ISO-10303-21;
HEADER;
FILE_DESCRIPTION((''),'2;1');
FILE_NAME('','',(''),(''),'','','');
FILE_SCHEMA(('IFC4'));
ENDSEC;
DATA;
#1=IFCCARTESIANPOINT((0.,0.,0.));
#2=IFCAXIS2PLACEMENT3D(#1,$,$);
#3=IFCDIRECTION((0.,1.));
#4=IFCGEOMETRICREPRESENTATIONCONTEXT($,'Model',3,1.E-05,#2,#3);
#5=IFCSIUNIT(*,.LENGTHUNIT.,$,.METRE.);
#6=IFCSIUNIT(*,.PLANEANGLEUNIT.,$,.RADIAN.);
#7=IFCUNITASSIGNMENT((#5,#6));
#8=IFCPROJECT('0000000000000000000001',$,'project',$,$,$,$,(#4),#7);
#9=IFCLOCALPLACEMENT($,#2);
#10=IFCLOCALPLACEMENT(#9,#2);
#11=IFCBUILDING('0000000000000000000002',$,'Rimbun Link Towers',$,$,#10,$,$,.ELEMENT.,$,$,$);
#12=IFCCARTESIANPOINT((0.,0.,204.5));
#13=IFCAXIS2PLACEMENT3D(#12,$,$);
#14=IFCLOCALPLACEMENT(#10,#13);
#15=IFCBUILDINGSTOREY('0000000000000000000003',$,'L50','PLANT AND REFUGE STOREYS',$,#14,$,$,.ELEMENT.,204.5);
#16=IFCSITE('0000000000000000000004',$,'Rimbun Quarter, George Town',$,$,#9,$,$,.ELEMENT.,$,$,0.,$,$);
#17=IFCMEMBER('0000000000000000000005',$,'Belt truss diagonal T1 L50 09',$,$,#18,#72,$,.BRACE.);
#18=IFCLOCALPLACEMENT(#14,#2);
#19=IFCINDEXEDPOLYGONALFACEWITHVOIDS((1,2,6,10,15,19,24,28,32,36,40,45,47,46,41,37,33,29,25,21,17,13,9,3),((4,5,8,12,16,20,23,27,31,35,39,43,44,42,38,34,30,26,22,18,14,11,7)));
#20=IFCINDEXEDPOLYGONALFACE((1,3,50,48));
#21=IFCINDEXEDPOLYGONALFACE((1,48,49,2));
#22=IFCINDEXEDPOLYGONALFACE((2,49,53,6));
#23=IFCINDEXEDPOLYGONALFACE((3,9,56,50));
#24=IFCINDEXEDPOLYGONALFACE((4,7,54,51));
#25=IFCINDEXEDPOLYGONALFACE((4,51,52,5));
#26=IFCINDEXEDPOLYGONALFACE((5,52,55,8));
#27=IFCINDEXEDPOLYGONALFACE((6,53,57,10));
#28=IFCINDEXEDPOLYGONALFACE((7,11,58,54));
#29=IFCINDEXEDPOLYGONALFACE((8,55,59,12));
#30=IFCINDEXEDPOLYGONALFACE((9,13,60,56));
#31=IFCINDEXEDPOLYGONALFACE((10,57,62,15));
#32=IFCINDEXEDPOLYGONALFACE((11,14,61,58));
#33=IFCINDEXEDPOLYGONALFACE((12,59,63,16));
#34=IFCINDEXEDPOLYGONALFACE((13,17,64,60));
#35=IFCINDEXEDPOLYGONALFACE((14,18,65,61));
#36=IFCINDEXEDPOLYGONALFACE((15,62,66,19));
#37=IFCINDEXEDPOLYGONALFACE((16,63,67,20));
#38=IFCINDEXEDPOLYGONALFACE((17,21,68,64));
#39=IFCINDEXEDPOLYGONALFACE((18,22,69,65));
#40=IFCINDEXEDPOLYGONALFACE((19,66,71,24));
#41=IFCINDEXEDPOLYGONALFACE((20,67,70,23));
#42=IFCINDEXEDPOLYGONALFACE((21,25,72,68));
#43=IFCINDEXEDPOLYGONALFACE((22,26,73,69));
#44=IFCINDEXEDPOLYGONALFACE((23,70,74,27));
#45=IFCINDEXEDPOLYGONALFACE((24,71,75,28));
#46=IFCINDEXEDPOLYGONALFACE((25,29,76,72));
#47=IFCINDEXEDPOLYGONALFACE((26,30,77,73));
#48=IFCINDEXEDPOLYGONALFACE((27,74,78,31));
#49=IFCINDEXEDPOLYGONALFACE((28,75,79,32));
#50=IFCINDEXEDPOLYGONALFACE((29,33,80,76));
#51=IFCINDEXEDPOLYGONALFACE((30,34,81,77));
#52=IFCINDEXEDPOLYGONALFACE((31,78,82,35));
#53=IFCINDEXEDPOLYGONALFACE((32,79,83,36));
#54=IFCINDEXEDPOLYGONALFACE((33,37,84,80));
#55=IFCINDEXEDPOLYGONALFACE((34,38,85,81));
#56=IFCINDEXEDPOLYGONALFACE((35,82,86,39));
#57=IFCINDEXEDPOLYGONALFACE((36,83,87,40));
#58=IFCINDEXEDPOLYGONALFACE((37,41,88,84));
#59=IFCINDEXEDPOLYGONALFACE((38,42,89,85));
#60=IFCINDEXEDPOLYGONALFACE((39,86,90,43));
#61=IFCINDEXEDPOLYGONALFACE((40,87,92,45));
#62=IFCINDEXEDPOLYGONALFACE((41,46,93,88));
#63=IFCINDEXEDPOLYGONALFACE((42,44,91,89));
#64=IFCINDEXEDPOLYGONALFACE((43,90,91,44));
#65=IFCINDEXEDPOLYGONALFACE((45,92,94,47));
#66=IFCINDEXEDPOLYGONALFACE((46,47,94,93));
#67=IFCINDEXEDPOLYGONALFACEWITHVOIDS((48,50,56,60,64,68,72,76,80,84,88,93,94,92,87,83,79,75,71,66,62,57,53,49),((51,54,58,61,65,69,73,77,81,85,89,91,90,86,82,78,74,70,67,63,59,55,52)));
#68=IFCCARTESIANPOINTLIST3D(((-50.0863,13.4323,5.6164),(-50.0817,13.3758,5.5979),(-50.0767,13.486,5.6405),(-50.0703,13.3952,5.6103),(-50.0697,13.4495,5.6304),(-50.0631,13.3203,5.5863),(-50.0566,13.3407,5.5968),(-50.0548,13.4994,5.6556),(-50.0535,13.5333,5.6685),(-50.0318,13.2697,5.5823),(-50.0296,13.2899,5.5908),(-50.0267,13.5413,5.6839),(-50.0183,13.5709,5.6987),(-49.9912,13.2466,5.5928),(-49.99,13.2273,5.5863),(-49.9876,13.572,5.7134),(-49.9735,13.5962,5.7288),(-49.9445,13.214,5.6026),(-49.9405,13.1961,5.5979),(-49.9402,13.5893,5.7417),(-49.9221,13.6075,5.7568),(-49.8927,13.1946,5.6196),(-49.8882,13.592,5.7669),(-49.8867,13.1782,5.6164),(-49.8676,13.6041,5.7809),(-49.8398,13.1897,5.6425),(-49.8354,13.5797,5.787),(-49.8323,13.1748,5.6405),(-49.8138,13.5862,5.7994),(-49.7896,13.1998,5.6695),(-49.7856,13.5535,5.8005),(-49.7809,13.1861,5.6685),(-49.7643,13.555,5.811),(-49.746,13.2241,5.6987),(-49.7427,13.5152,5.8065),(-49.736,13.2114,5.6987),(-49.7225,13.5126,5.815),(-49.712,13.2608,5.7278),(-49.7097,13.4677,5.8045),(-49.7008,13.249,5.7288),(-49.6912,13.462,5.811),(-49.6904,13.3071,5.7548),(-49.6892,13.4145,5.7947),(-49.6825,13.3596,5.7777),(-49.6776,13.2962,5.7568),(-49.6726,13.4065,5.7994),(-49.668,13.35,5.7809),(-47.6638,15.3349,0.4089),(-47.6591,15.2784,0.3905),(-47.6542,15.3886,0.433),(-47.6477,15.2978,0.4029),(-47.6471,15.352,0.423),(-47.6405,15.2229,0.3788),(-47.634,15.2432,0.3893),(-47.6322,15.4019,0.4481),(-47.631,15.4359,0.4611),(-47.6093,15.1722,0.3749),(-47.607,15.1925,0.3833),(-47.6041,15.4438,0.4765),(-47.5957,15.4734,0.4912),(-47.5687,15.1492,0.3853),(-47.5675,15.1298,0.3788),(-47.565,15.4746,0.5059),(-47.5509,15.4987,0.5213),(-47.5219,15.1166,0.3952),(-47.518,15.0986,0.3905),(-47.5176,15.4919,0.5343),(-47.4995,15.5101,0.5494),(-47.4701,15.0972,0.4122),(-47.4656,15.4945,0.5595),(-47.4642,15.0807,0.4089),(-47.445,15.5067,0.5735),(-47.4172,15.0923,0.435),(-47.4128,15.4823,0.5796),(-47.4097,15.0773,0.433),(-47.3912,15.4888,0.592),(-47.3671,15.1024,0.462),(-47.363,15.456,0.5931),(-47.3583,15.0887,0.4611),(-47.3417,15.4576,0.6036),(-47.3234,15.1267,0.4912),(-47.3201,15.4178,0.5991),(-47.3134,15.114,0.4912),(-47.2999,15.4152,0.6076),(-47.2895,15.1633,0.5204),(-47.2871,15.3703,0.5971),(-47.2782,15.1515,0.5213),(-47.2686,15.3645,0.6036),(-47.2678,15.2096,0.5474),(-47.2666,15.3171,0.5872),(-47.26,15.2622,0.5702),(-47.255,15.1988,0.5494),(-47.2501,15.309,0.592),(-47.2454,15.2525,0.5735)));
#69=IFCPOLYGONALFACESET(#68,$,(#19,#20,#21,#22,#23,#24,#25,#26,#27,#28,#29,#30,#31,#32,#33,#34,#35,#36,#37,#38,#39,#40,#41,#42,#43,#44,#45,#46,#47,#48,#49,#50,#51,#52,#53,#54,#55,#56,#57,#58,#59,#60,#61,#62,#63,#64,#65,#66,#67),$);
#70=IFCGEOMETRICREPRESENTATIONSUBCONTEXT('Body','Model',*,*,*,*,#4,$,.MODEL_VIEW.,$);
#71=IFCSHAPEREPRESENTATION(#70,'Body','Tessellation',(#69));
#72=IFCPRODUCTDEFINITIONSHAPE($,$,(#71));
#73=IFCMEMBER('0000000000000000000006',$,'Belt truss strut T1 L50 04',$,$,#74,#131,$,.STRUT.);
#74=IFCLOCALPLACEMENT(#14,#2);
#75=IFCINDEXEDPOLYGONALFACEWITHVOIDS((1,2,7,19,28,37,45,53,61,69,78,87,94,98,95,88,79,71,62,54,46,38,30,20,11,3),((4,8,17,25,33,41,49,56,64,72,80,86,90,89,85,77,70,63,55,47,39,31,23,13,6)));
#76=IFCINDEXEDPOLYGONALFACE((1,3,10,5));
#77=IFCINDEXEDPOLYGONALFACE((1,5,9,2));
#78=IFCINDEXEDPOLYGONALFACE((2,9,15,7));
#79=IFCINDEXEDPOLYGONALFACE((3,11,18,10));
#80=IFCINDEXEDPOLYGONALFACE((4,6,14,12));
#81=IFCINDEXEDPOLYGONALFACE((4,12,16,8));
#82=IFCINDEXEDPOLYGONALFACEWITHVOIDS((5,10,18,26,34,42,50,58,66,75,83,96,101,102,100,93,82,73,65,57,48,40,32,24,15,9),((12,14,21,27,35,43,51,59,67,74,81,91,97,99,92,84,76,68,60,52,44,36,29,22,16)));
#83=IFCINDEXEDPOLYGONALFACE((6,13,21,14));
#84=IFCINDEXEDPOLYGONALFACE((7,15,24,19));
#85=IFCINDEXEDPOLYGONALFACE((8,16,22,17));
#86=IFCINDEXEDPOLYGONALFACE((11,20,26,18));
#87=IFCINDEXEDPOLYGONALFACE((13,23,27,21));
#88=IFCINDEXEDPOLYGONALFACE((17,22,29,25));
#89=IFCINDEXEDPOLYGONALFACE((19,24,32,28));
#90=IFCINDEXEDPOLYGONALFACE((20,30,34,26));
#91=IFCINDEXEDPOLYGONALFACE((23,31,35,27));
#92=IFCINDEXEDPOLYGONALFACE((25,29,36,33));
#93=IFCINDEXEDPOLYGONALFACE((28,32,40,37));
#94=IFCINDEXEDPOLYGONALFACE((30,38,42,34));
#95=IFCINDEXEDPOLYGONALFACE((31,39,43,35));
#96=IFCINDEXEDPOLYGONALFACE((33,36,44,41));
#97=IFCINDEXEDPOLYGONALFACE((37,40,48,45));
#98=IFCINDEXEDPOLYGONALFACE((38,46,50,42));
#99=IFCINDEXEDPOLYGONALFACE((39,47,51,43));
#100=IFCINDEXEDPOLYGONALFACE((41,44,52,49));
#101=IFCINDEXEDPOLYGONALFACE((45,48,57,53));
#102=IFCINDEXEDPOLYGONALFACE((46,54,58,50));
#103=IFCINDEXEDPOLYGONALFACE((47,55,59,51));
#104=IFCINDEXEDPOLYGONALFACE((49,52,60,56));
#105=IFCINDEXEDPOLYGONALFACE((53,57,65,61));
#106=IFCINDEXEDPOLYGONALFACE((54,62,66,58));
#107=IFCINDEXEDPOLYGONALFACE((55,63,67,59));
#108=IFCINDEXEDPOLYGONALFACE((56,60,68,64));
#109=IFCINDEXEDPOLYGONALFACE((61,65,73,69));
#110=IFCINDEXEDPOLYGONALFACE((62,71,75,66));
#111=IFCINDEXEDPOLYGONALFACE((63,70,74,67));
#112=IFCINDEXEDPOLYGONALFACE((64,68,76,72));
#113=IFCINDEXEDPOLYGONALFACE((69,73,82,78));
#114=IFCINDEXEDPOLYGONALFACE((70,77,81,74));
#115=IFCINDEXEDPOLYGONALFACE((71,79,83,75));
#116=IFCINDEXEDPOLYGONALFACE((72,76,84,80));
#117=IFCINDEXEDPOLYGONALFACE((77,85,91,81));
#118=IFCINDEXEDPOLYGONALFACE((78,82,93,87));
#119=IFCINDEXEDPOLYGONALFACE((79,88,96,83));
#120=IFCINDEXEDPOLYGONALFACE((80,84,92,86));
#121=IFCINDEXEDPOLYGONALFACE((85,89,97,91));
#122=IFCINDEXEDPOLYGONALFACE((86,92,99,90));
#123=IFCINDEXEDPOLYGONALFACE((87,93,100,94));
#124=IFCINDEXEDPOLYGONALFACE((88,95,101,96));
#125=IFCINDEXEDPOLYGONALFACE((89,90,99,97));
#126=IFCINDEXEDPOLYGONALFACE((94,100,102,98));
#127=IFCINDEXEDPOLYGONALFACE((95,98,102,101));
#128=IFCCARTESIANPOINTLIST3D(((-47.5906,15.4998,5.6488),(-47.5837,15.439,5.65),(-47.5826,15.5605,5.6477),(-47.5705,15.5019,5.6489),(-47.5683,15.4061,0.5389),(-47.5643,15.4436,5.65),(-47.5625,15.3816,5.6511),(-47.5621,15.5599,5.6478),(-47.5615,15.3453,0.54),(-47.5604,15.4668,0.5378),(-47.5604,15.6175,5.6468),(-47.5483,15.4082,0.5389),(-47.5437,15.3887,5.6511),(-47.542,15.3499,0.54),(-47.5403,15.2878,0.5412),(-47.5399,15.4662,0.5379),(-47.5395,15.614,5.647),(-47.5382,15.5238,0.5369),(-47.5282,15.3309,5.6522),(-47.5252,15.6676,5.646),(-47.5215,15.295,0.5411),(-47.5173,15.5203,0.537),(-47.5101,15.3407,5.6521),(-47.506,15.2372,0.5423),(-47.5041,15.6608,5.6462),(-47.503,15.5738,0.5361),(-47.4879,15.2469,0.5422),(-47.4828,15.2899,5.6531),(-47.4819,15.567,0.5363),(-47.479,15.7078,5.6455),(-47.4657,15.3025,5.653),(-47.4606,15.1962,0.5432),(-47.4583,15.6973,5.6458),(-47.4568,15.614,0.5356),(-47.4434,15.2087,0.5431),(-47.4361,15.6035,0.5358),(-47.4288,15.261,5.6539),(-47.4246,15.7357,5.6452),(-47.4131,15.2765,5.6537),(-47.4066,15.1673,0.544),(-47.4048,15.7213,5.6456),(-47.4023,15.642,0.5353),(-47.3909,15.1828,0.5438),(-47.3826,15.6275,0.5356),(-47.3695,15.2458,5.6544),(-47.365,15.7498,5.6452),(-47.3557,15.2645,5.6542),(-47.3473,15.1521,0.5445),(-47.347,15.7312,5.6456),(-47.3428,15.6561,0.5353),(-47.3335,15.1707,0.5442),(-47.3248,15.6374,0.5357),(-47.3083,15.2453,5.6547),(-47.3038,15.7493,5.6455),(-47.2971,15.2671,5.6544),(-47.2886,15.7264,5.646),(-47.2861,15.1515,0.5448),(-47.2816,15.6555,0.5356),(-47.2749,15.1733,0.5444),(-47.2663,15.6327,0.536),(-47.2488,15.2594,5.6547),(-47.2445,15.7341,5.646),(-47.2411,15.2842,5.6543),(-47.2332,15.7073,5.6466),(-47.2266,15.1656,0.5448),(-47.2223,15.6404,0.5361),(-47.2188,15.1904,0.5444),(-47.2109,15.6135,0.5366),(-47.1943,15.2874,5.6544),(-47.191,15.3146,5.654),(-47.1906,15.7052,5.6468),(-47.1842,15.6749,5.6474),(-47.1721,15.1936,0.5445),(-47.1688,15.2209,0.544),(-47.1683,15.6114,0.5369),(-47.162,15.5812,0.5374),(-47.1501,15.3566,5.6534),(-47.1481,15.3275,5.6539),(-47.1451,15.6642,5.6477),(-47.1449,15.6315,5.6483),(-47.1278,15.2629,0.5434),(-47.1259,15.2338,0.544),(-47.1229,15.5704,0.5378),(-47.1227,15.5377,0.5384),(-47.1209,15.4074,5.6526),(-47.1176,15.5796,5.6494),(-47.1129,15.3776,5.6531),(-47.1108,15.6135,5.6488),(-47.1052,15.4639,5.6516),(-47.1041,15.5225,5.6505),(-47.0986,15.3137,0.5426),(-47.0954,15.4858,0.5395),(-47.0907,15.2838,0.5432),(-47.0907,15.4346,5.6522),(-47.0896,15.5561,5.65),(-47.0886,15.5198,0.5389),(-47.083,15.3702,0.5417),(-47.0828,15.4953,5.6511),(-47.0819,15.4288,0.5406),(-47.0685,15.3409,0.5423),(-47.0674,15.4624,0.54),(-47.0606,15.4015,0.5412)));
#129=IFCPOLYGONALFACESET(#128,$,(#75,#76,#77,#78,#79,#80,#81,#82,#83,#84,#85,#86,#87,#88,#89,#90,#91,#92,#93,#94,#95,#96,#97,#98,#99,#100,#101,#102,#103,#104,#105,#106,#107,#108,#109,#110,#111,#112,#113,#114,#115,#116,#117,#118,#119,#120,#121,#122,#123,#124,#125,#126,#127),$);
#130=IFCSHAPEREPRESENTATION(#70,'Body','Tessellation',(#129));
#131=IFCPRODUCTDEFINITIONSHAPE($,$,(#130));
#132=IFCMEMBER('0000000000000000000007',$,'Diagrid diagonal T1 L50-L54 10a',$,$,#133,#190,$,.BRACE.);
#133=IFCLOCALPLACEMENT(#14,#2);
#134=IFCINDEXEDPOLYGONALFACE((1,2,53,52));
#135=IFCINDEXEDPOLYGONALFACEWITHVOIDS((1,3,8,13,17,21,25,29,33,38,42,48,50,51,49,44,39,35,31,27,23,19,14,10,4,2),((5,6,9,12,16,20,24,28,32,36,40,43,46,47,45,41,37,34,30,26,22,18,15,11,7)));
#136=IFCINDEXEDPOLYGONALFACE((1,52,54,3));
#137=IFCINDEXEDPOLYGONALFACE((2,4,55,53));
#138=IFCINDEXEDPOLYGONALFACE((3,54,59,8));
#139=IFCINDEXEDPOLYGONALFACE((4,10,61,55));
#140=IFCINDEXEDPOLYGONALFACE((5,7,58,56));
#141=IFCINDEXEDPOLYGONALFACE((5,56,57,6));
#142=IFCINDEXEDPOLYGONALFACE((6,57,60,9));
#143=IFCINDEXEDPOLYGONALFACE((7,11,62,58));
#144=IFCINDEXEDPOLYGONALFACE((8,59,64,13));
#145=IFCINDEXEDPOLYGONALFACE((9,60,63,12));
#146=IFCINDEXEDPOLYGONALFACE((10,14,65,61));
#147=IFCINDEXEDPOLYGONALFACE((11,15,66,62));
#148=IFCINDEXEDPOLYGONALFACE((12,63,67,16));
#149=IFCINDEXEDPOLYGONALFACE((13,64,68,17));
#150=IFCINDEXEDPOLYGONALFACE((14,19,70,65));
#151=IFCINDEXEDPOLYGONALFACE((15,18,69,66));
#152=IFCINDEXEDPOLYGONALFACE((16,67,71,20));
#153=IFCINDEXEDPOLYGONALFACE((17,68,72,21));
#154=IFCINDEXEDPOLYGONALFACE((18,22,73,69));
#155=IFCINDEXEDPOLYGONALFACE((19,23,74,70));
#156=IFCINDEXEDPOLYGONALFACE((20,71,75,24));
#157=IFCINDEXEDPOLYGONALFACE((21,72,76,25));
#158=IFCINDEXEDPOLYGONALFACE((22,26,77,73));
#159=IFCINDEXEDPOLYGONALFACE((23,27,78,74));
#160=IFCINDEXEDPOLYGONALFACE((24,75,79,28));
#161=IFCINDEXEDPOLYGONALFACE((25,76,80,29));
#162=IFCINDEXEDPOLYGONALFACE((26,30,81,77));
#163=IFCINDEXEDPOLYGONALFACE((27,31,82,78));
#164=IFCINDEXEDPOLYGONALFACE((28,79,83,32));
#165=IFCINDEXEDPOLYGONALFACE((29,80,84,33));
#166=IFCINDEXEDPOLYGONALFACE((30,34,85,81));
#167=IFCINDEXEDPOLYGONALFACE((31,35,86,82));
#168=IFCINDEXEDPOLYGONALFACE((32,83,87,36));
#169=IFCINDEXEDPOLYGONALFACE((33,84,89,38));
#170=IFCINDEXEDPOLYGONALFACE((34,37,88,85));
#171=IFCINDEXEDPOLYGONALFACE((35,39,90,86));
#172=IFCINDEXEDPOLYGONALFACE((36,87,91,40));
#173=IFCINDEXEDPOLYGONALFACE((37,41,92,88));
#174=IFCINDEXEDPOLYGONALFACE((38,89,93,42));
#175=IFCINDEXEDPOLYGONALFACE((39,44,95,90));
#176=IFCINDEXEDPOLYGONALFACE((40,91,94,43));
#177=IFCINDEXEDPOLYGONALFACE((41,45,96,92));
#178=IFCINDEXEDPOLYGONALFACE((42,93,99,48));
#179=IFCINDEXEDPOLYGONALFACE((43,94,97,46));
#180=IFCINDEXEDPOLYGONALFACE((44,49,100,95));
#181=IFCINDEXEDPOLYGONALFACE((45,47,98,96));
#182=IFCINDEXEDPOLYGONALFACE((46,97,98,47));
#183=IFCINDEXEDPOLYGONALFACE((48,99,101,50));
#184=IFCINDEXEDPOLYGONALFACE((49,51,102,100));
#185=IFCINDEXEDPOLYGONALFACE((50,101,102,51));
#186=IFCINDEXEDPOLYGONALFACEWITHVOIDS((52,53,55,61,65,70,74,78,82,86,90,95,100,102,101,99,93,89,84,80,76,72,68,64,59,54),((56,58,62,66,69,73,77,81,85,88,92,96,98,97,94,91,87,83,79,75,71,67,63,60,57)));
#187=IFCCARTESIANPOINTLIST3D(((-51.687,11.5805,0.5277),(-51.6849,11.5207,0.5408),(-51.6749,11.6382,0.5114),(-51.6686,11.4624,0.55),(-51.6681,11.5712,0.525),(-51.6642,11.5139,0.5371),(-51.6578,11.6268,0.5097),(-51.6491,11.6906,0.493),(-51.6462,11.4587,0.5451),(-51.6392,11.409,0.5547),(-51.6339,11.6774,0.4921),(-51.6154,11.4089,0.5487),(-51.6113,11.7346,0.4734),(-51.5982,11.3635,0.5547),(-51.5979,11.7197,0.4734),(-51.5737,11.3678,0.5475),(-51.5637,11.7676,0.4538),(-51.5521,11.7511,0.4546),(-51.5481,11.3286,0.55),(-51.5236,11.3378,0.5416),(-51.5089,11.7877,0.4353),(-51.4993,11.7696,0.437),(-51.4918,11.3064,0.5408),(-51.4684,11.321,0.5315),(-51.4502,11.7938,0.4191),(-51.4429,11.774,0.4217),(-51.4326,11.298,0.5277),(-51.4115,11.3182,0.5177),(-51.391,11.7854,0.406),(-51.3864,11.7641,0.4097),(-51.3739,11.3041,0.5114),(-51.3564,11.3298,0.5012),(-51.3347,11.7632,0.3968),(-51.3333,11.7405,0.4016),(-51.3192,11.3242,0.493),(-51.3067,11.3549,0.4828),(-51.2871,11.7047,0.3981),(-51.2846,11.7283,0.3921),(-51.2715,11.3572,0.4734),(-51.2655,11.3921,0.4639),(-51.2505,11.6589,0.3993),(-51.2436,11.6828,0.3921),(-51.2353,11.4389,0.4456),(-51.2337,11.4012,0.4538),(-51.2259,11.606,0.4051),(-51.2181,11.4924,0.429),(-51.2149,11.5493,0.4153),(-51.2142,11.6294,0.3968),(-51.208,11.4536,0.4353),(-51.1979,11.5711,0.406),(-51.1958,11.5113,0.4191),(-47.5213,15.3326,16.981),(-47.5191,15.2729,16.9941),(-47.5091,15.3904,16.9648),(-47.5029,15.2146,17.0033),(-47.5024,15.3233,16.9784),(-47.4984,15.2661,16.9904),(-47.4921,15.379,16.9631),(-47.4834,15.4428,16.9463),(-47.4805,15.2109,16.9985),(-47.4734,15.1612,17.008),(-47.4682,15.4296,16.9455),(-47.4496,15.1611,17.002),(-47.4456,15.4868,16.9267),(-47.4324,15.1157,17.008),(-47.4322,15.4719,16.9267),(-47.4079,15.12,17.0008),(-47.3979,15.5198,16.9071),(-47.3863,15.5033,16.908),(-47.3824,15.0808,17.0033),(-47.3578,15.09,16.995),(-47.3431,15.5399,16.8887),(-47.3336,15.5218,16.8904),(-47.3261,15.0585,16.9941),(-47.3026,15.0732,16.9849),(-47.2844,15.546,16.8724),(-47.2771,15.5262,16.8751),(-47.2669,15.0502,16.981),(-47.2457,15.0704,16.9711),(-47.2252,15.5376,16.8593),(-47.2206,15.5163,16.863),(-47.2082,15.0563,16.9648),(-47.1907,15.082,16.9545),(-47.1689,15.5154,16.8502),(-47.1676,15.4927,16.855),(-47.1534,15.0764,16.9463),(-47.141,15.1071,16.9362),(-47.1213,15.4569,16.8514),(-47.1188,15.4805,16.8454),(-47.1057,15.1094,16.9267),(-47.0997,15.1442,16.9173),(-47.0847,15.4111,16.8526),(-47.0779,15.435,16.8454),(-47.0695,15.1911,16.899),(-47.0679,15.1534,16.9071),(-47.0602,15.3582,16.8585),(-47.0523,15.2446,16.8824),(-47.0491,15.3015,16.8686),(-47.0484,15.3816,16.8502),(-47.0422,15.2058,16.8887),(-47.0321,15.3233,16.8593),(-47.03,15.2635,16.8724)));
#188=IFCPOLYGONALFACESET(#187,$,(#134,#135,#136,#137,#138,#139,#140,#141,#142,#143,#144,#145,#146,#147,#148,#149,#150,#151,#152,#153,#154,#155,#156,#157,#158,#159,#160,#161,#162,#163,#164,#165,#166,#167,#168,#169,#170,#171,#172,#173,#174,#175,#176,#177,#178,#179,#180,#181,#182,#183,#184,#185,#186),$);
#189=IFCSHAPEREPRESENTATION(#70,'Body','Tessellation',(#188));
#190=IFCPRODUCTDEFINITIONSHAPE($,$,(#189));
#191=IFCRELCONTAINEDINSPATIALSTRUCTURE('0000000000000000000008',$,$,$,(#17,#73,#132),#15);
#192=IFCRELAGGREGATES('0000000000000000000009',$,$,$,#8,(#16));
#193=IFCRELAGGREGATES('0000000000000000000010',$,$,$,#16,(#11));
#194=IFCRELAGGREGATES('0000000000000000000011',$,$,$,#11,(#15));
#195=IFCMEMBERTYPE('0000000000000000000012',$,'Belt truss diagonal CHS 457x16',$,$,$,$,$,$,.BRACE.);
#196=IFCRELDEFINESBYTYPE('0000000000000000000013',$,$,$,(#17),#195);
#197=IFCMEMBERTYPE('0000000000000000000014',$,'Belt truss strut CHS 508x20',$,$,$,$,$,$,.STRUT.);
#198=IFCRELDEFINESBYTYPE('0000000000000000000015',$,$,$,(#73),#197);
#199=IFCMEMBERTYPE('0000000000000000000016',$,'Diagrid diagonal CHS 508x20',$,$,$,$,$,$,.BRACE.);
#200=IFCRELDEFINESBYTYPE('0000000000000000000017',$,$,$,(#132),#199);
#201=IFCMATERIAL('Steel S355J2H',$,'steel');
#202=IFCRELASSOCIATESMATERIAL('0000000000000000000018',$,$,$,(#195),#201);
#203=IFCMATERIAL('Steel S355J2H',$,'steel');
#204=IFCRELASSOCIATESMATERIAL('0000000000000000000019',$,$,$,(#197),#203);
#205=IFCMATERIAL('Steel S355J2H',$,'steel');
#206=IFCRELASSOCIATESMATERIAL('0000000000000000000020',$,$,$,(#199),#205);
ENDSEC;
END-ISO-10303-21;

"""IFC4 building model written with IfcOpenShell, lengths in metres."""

from ifc_helpers import new_model, si_unit, direction, frame, origin, origin_2d, place, context, subcontext, project, spatial, hollow_circle, extrude, material, material_profile, profile_set, type_object, element, save


model = new_model("IFC4")

# Units and contexts
model_context = context("Model", 3, precision=1e-05, world=origin(), true_north=direction((0.0, 1.0)))
body_context = subcontext(model_context, "Body", "Model", "MODEL_VIEW")
ifc_project = project(units=[si_unit("LENGTHUNIT", "METRE"), si_unit("PLANEANGLEUNIT", "RADIAN")], contexts=[model_context])

# Site, building, storey
site_placement = place(None, origin())
site = spatial("IfcSite", under=ifc_project, at=site_placement, Name="Rimbun Quarter, George Town", CompositionType="ELEMENT", RefElevation=0.0)
building_placement = place(site_placement, origin())
building = spatial("IfcBuilding", under=site, at=building_placement, Name="Rimbun Link Towers", CompositionType="ELEMENT")
storey_placement = place(building_placement, frame((0.0, 0.0, 204.5)))
storey = spatial("IfcBuildingStorey", under=building, at=storey_placement, Name="L50", Description="PLANT AND REFUGE STOREYS", CompositionType="ELEMENT", Elevation=204.5)

# Members
ifc_material_1 = material(Name="Steel S355J2H", Category="steel")
ifc_material_profile_1 = material_profile(ifc_material_1, hollow_circle(Radius=0.2285, WallThickness=0.0161, at=origin_2d()), Name="Belt truss diagonal CHS 457x16")
ifc_profile_set_1 = profile_set([ifc_material_profile_1], Name="Steel S355J2H")
member_type_1 = type_object("IfcMemberType", Name="Belt truss diagonal CHS 457x16", PredefinedType="BRACE", material=ifc_profile_set_1)
member_1_placement = place(storey_placement, frame((-47.4546, 15.2937, 0.4912), z_axis=(-0.400406, -0.314457, 0.860693), x_axis=(0.617643, -0.786459, 0.0)))
element("IfcMember", 1, at=member_1_placement, inside=storey, type_object=member_type_1, Name="Belt truss diagonal T1 L50 09", PredefinedType="BRACE", context=body_context, shape_type="SweptSolid", body=[
    extrude(hollow_circle(Radius=0.2285, WallThickness=0.0161, at=origin_2d()), origin(), (0.0, 0.0, 1.0), 6.0503),
])
ifc_material_2 = material(Name="Steel S355J2H", Category="steel")
ifc_material_profile_2 = material_profile(ifc_material_2, hollow_circle(Radius=0.2539, WallThickness=0.02, at=origin_2d()), Name="Belt truss strut CHS 508x20")
ifc_profile_set_2 = profile_set([ifc_material_profile_2], Name="Steel S355J2H")
member_type_2 = type_object("IfcMemberType", Name="Belt truss strut CHS 508x20", PredefinedType="STRUT", material=ifc_profile_set_2)
member_2_placement = place(storey_placement, frame((-47.3145, 15.4038, 0.54), z_axis=(-0.004347, 0.018344, 0.999822), x_axis=(-0.97305, -0.230593, 0.0)))
element("IfcMember", 2, at=member_2_placement, inside=storey, type_object=member_type_2, Name="Belt truss strut T1 L50 04", PredefinedType="STRUT", context=body_context, shape_type="SweptSolid", body=[
    extrude(hollow_circle(Radius=0.2539, WallThickness=0.02, at=origin_2d()), origin(), (0.0, 0.0, 1.0), 5.1108),
])
ifc_material_3 = material(Name="Steel S355J2H", Category="steel")
ifc_material_profile_3 = material_profile(ifc_material_3, hollow_circle(Radius=0.2539, WallThickness=0.02, at=origin_2d()), Name="Diagrid diagonal CHS 508x20")
ifc_profile_set_3 = profile_set([ifc_material_profile_3], Name="Steel S355J2H")
member_type_3 = type_object("IfcMemberType", Name="Diagrid diagonal CHS 508x20", PredefinedType="BRACE", material=ifc_profile_set_3)
member_3_placement = place(storey_placement, frame((-51.4414, 11.5459, 0.4734), z_axis=(0.239655, 0.215863, 0.946556), x_axis=(-0.669261, 0.743028, 0.0)))
element("IfcMember", 3, at=member_3_placement, inside=storey, type_object=member_type_3, Name="Diagrid diagonal T1 L50-L54 10a", PredefinedType="BRACE", context=body_context, shape_type="SweptSolid", body=[
    extrude(hollow_circle(Radius=0.2539, WallThickness=0.02, at=origin_2d()), origin(), (0.0, 0.0, 1.0), 17.3823),
])

save(model, "model.ifc")
